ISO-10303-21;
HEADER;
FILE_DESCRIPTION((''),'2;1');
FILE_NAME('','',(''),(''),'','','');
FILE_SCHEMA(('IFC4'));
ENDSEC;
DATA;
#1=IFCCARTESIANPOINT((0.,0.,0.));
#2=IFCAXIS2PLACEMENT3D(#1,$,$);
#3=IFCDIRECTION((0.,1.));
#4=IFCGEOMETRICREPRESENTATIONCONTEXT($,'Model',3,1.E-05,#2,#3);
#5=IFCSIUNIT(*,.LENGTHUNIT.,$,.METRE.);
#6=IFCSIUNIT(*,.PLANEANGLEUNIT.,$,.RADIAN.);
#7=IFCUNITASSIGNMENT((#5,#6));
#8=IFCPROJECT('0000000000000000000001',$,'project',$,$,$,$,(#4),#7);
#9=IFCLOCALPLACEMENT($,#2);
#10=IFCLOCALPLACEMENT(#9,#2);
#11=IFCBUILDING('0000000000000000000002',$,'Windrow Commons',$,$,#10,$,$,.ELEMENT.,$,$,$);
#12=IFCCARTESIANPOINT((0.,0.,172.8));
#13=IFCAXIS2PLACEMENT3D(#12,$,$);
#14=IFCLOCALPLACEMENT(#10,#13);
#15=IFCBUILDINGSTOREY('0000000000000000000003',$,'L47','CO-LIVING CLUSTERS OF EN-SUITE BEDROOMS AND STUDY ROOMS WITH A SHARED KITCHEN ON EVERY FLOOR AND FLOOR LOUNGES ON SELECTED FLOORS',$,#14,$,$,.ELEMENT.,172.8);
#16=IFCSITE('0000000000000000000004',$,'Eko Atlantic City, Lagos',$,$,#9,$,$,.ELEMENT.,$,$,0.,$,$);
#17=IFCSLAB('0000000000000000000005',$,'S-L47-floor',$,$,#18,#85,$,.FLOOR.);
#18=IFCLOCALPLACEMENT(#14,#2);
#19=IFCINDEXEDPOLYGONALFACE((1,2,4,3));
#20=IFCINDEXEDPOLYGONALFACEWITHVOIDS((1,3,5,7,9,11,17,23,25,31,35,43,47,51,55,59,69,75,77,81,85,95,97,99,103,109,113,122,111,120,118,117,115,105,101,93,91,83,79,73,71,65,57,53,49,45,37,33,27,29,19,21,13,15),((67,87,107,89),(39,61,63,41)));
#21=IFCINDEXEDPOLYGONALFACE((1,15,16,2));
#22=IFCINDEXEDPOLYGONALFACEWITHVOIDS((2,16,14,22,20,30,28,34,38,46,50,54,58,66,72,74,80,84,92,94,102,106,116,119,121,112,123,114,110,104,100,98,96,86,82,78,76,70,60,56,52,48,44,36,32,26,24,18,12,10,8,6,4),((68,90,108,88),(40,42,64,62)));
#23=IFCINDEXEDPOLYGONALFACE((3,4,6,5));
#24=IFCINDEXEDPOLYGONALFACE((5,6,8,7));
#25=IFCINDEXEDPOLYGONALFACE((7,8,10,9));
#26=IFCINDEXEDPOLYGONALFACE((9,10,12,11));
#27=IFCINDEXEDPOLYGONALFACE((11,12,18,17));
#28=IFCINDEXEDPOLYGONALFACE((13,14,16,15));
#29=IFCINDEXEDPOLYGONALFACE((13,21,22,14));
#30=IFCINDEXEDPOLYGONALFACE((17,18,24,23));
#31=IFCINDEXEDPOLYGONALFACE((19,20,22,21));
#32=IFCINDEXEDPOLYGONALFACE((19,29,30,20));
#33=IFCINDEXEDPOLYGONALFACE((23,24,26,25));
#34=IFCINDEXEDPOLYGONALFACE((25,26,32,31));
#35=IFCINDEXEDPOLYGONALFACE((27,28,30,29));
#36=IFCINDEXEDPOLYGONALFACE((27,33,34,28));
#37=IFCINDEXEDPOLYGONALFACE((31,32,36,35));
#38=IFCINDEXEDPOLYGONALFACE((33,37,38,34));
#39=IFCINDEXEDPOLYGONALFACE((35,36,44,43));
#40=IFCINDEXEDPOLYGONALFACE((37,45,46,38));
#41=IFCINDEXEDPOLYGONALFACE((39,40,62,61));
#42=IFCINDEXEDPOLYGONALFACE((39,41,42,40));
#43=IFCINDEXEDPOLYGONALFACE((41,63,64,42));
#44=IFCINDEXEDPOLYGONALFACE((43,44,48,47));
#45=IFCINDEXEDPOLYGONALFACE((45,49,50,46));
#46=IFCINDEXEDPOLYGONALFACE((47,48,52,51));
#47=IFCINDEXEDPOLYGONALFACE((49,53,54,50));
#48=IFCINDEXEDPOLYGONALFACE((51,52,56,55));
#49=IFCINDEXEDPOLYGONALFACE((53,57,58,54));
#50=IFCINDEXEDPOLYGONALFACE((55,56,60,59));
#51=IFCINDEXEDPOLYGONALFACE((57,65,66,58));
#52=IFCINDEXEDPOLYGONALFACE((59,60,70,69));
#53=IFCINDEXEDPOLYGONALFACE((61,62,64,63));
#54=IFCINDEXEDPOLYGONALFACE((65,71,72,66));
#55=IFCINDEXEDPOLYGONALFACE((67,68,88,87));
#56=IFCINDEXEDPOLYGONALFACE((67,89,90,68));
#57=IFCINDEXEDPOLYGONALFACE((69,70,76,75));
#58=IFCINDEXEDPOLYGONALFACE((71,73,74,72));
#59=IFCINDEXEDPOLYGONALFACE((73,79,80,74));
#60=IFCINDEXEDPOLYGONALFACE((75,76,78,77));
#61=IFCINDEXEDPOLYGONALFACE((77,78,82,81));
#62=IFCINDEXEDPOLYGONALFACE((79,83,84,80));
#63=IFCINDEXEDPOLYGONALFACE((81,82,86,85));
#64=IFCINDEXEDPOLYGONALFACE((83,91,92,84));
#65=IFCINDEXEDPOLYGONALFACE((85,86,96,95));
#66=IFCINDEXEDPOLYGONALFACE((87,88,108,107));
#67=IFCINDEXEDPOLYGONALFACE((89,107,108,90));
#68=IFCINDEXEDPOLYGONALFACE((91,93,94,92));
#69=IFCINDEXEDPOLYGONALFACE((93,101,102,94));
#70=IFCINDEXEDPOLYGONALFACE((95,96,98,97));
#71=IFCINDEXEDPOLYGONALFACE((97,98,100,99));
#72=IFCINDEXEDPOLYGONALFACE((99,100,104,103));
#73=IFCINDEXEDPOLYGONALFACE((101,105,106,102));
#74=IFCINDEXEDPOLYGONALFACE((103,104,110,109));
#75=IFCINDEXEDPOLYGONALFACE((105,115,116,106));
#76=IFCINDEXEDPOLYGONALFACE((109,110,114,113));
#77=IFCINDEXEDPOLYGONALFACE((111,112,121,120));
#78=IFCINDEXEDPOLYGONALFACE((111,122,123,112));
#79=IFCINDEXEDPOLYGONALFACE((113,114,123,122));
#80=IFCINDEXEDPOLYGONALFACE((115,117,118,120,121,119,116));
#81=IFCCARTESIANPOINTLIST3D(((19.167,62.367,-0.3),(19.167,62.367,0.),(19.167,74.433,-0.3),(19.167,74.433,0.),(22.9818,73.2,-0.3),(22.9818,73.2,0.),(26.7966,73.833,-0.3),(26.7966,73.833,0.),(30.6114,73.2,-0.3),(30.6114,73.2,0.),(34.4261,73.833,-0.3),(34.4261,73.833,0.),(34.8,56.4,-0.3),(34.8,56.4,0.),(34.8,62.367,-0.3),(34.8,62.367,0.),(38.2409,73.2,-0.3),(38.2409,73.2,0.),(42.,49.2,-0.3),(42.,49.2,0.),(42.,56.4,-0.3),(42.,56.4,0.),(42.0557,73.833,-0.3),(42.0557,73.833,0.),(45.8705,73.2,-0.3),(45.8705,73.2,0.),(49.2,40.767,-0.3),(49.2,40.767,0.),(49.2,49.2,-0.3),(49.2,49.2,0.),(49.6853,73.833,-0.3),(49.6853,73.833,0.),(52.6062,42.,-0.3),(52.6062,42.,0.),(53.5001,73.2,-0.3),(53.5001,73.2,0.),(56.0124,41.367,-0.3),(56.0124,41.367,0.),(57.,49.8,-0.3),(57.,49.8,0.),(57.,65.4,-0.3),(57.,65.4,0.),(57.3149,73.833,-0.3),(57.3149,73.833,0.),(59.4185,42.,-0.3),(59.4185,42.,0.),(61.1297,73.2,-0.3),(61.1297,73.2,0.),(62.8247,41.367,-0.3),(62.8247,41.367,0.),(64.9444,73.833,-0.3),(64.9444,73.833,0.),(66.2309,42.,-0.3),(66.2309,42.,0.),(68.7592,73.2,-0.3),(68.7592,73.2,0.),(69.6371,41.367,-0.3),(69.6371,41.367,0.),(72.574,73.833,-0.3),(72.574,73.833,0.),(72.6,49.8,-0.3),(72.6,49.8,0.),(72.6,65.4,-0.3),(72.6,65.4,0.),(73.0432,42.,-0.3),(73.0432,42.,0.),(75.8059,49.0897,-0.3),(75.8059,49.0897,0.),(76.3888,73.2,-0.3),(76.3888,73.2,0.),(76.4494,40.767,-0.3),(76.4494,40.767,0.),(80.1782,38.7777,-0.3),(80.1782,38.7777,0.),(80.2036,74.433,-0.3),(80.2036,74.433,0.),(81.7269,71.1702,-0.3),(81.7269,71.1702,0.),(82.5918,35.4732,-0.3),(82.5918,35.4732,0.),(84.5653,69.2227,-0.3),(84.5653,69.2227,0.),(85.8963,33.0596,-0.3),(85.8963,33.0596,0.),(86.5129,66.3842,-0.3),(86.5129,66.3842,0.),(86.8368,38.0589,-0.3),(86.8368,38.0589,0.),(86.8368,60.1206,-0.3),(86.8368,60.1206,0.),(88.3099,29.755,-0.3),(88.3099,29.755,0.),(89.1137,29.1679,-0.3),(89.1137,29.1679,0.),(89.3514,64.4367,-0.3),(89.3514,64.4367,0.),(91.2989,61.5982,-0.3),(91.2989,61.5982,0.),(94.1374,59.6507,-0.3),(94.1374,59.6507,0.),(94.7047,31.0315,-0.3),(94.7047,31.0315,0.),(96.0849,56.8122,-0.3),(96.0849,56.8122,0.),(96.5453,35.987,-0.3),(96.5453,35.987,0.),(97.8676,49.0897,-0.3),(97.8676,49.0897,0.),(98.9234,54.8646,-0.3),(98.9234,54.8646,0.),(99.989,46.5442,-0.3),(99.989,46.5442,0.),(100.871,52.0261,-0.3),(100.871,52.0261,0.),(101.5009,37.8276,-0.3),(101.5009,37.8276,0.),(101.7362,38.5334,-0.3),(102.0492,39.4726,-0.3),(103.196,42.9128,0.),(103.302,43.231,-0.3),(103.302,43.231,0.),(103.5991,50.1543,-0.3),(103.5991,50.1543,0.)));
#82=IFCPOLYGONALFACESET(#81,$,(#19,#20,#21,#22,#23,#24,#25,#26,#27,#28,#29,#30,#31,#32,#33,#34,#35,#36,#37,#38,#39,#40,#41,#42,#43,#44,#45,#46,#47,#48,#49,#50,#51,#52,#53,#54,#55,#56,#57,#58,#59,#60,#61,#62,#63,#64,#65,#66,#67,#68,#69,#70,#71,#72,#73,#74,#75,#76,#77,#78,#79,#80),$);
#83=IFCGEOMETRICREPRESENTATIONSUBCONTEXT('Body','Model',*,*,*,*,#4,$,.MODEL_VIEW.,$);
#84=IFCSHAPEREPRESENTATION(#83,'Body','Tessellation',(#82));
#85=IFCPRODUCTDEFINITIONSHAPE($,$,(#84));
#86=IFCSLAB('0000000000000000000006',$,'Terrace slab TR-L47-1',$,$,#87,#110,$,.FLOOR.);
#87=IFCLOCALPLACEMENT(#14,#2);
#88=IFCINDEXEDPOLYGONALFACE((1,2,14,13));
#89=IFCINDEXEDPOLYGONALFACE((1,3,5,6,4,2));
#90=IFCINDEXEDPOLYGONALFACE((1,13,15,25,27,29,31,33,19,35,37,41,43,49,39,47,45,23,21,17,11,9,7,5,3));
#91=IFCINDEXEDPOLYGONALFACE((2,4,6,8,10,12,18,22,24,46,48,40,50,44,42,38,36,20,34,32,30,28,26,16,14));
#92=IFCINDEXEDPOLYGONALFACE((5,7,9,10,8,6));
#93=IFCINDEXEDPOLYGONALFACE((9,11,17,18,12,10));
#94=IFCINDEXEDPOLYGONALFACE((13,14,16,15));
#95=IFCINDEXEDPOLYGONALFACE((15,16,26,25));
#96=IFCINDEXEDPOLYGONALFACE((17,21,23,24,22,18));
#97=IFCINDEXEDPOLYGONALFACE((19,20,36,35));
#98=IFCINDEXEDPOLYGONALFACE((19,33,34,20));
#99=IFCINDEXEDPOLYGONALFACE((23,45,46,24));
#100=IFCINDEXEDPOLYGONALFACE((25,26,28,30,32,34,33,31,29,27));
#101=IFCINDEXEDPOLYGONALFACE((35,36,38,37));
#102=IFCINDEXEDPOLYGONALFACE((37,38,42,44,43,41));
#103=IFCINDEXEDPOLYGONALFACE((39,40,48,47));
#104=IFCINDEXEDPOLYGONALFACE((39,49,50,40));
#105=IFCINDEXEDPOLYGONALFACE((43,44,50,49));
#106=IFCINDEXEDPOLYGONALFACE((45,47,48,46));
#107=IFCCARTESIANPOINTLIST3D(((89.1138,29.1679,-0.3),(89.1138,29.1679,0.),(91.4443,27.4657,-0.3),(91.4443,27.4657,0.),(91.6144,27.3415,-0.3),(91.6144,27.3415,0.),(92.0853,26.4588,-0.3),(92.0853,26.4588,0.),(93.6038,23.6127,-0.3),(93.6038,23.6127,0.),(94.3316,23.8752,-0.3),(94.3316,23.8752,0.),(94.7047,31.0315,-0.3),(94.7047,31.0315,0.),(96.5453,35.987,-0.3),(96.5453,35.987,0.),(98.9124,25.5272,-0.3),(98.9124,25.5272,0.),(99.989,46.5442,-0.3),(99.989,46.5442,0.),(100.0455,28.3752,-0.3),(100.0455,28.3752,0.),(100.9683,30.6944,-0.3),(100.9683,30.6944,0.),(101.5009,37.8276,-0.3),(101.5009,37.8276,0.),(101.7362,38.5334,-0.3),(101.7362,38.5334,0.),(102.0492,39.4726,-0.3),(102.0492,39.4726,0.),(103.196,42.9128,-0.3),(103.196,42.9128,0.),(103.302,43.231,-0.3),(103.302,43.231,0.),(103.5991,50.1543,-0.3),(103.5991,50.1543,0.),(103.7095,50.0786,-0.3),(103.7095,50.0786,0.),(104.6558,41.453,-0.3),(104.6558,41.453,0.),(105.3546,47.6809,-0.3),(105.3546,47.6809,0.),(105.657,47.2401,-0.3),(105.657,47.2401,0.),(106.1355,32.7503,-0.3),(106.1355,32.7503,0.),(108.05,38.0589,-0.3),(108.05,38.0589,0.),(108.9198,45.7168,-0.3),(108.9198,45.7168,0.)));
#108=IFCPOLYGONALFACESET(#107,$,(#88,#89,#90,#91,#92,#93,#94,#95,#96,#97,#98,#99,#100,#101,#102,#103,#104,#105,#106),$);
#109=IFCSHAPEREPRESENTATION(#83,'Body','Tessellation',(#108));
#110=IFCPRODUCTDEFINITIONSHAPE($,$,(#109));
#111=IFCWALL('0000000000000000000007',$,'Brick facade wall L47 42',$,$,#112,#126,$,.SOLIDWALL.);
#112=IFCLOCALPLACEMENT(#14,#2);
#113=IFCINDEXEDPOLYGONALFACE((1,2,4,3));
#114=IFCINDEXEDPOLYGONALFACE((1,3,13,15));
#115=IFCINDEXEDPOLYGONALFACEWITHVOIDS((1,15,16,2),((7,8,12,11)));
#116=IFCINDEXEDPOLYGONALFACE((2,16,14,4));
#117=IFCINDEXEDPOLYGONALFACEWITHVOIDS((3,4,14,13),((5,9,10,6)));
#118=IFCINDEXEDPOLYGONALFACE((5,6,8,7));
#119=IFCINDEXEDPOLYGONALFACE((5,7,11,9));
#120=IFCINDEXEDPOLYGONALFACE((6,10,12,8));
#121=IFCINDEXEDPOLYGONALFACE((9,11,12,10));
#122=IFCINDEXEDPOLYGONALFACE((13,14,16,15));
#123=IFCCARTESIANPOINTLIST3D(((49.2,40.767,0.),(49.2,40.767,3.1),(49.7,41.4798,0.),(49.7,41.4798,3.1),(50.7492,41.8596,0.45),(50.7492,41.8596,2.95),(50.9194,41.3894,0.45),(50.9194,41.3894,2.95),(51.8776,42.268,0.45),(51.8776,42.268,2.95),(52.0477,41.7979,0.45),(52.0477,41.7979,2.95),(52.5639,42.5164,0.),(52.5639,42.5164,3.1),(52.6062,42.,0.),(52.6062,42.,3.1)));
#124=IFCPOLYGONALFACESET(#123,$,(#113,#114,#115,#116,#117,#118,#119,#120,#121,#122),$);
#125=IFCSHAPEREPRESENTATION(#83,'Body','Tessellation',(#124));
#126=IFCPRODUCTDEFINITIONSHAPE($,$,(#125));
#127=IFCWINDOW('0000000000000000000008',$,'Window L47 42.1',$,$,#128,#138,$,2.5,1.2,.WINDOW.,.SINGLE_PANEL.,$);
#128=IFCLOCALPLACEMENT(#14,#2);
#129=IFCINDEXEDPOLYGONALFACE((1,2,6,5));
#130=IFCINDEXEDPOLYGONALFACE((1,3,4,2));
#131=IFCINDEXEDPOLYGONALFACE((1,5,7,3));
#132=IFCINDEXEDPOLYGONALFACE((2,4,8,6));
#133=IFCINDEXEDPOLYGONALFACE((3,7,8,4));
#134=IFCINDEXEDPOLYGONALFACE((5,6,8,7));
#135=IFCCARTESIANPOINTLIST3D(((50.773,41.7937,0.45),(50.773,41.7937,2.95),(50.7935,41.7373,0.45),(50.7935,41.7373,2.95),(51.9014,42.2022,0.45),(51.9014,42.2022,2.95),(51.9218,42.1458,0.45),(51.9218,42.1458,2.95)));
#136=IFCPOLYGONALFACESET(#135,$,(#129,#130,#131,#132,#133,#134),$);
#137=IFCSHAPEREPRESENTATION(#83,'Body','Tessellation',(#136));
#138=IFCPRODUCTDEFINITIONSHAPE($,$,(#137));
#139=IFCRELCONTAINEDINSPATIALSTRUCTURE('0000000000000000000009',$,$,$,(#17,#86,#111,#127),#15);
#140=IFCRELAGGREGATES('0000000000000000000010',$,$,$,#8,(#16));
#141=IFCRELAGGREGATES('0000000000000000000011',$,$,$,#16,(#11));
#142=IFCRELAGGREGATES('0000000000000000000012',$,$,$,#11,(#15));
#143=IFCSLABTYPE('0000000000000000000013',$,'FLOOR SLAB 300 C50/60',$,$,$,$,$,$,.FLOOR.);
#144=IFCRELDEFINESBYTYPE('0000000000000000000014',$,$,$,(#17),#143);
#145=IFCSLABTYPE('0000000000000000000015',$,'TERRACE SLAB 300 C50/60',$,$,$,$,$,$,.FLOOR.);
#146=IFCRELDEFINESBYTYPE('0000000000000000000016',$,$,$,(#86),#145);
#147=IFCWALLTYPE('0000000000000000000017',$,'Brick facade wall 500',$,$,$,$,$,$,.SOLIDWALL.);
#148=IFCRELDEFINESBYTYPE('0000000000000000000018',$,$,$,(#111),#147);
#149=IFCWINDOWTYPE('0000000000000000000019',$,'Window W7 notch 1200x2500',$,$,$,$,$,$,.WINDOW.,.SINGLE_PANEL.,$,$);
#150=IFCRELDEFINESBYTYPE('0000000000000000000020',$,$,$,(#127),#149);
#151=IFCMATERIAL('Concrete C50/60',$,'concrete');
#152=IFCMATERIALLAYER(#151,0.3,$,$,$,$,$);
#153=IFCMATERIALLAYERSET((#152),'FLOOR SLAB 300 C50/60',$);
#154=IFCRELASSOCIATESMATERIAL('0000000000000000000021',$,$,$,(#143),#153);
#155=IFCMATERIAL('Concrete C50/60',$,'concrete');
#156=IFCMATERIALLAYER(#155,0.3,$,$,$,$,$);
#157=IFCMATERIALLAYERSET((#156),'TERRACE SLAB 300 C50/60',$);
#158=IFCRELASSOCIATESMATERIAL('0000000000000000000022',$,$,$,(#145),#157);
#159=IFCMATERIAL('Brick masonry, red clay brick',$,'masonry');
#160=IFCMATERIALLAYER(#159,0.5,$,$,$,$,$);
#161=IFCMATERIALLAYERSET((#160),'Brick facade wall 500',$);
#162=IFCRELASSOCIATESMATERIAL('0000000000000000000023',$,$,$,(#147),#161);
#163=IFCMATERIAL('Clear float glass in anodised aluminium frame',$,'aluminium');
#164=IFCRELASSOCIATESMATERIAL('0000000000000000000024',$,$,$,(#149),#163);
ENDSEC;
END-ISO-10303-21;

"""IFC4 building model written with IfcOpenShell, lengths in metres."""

from ifc_helpers import new_model, si_unit, direction, frame, frame_2d, origin, place, context, subcontext, project, spatial, polyline, rectangle, outline, extrude, material, layer, layer_set, type_object, element, fill, save


model = new_model("IFC4")

# Units and contexts
model_context = context("Model", 3, precision=1e-05, world=origin(), true_north=direction((0.0, 1.0)))
body_context = subcontext(model_context, "Body", "Model", "MODEL_VIEW")
ifc_project = project(units=[si_unit("LENGTHUNIT", "METRE"), si_unit("PLANEANGLEUNIT", "RADIAN")], contexts=[model_context])

# Site, building, storey
site_placement = place(None, origin())
site = spatial("IfcSite", under=ifc_project, at=site_placement, Name="Eko Atlantic City, Lagos", CompositionType="ELEMENT", RefElevation=0.0)
building_placement = place(site_placement, origin())
building = spatial("IfcBuilding", under=site, at=building_placement, Name="Windrow Commons", CompositionType="ELEMENT")
storey_placement = place(building_placement, frame((0.0, 0.0, 172.8)))
storey = spatial("IfcBuildingStorey", under=building, at=storey_placement, Name="L47", Description="CO-LIVING CLUSTERS OF EN-SUITE BEDROOMS AND STUDY ROOMS WITH A SHARED KITCHEN ON EVERY FLOOR AND FLOOR LOUNGES ON SELECTED FLOORS", CompositionType="ELEMENT", Elevation=172.8)

# Shared definitions
placement_1 = place(storey_placement, frame((0.0, 0.0, -0.3)))

# Slab, openings
ifc_material_1 = material(Name="Concrete C50/60", Category="concrete")
ifc_layer_1 = layer(ifc_material_1, 0.3)
ifc_layer_set_1 = layer_set([ifc_layer_1], Name="FLOOR SLAB 300 C50/60")
slab_type_1 = type_object("IfcSlabType", Name="FLOOR SLAB 300 C50/60", PredefinedType="FLOOR", material=ifc_layer_set_1)
slab_1 = element("IfcSlab", 1, at=placement_1, inside=storey, type_object=slab_type_1, Name="S-L47-floor", PredefinedType="FLOOR", context=body_context, shape_type="SweptSolid", body=[
    extrude(outline(polyline([(80.1782, 38.7777), (82.5918, 35.4732), (85.8963, 33.0596), (88.3099, 29.755), (90.384, 28.2401), (89.1138, 29.1679), (94.7047, 31.0315), (96.5453, 35.987), (101.5009, 37.8276), (101.7362, 38.5334), (102.0492, 39.4726), (103.196, 42.9128), (103.302, 43.231), (99.989, 46.5442), (103.5991, 50.1543), (100.871, 52.0261), (98.9234, 54.8646), (96.0849, 56.8122), (94.1374, 59.6507), (91.2989, 61.5982), (89.3514, 64.4367), (86.5129, 66.3842), (84.5653, 69.2227), (81.7269, 71.1702), (80.2036, 74.433), (76.3888, 73.2), (72.574, 73.833), (68.7592, 73.2), (64.9444, 73.833), (61.1297, 73.2), (57.3149, 73.833), (53.5001, 73.2), (49.6853, 73.833), (45.8705, 73.2), (42.0557, 73.833), (38.2409, 73.2), (34.4261, 73.833), (30.6114, 73.2), (26.7966, 73.833), (22.9818, 73.2), (19.167, 74.433), (19.167, 62.367), (34.8, 62.367), (34.8, 56.4), (42.0, 56.4), (42.0, 49.2), (49.2, 49.2), (49.2, 40.767), (52.6062, 42.0), (56.0124, 41.367), (59.4185, 42.0), (62.8247, 41.367), (66.2309, 42.0), (69.6371, 41.367), (73.0432, 42.0), (76.4494, 40.767), (80.1782, 38.7777)]), holes=[polyline([(97.8676, 49.0897), (86.8368, 38.0589), (75.8059, 49.0897), (86.8368, 60.1206), (97.8676, 49.0897)]), polyline([(72.6, 65.4), (72.6, 49.8), (57.0, 49.8), (57.0, 65.4), (72.6, 65.4)])]), origin(), (0.0, 0.0, 1.0), 0.3),
])
opening_1_placement = place(placement_1, origin())
element("IfcOpeningElement", 2, at=opening_1_placement, cuts=slab_1, PredefinedType="OPENING", context=body_context, shape_type="SweptSolid", body=[
    extrude(outline(polyline([(97.8605, 49.0897), (86.8368, 38.066), (75.813, 49.0897), (86.8368, 60.1135), (97.8605, 49.0897)])), origin(), (0.0, 0.0, 1.0), 0.3),
])
opening_2_placement = place(placement_1, origin())
element("IfcOpeningElement", 3, at=opening_2_placement, cuts=slab_1, PredefinedType="OPENING", context=body_context, shape_type="SweptSolid", body=[
    extrude(outline(polyline([(72.595, 65.395), (72.595, 49.805), (57.005, 49.805), (57.005, 65.395), (72.595, 65.395)])), origin(), (0.0, 0.0, 1.0), 0.3),
])

# Slab
ifc_material_2 = material(Name="Concrete C50/60", Category="concrete")
ifc_layer_2 = layer(ifc_material_2, 0.3)
ifc_layer_set_2 = layer_set([ifc_layer_2], Name="TERRACE SLAB 300 C50/60")
slab_type_2 = type_object("IfcSlabType", Name="TERRACE SLAB 300 C50/60", PredefinedType="FLOOR", material=ifc_layer_set_2)
element("IfcSlab", 4, at=placement_1, inside=storey, type_object=slab_type_2, Name="Terrace slab TR-L47-1", PredefinedType="FLOOR", context=body_context, shape_type="SweptSolid", body=[
    extrude(outline(polyline([(94.7047, 31.0315), (89.1138, 29.1679), (91.4443, 27.4657), (91.6144, 27.3415), (92.0853, 26.4588), (93.6038, 23.6127), (94.3316, 23.8752), (98.9124, 25.5272), (100.0455, 28.3752), (100.9683, 30.6944), (106.1355, 32.7503), (108.05, 38.0589), (104.6558, 41.453), (108.9198, 45.7168), (105.657, 47.2401), (105.3546, 47.6809), (103.7095, 50.0786), (103.5991, 50.1543), (99.989, 46.5442), (103.302, 43.231), (103.196, 42.9128), (102.0492, 39.4726), (101.7362, 38.5334), (101.5009, 37.8276), (96.5453, 35.987), (94.7047, 31.0315)])), origin(), (0.0, 0.0, 1.0), 0.3),
])

# Wall, opening, window
ifc_material_3 = material(Name="Brick masonry, red clay brick", Category="masonry")
ifc_layer_3 = layer(ifc_material_3, 0.5)
ifc_layer_set_3 = layer_set([ifc_layer_3], Name="Brick facade wall 500")
wall_type = type_object("IfcWallType", Name="Brick facade wall 500", PredefinedType="SOLIDWALL", material=ifc_layer_set_3)
wall_placement = place(storey_placement, frame((49.45, 41.1234, 0.0), z_axis=(0.0, 0.0, 1.0), x_axis=(0.940293, 0.340365, 0.0)))
wall = element("IfcWall", 5, at=wall_placement, inside=storey, type_object=wall_type, Name="Brick facade wall L47 42", PredefinedType="SOLIDWALL", context=body_context, shape_type="SweptSolid", body=[
    extrude(outline(polyline([(-0.3564, -0.25), (3.2661, -0.25), (3.4021, 0.25), (0.3564, 0.25), (-0.3564, -0.25)])), origin(), (0.0, 0.0, 1.0), 3.1),
])
opening_3_placement = place(wall_placement, frame((1.4722, 0.0, 0.45)))
opening_3 = element("IfcOpeningElement", 6, at=opening_3_placement, cuts=wall, PredefinedType="OPENING", context=body_context, shape_type="SweptSolid", body=[
    extrude(rectangle(XDim=1.2, YDim=2.5, at=frame_2d((0.6, 1.25))), frame((0.0, 0.26, 0.0), z_axis=(0.0, -1.0, 0.0), x_axis=(1.0, 0.0, 0.0)), (0.0, 0.0, 1.0), 0.52),
])
ifc_material_4 = material(Name="Clear float glass in anodised aluminium frame", Category="aluminium")
window_type = type_object("IfcWindowType", Name="Window W7 notch 1200x2500", PartitioningType="SINGLE_PANEL", PredefinedType="WINDOW", material=ifc_material_4)
window_placement = place(opening_3_placement, origin())
window = element("IfcWindow", 7, at=window_placement, inside=storey, type_object=window_type, Name="Window L47 42.1", OverallHeight=2.5, OverallWidth=1.2, PartitioningType="SINGLE_PANEL", PredefinedType="WINDOW", context=body_context, shape_type="SweptSolid", body=[
    extrude(rectangle(XDim=1.2, YDim=2.5, at=frame_2d((0.6, 1.25))), frame((0.0, 0.18, 0.0), z_axis=(0.0, -1.0, 0.0), x_axis=(1.0, 0.0, 0.0)), (0.0, 0.0, 1.0), 0.06),
])
fill(opening_3, window)

save(model, "model.ifc")
